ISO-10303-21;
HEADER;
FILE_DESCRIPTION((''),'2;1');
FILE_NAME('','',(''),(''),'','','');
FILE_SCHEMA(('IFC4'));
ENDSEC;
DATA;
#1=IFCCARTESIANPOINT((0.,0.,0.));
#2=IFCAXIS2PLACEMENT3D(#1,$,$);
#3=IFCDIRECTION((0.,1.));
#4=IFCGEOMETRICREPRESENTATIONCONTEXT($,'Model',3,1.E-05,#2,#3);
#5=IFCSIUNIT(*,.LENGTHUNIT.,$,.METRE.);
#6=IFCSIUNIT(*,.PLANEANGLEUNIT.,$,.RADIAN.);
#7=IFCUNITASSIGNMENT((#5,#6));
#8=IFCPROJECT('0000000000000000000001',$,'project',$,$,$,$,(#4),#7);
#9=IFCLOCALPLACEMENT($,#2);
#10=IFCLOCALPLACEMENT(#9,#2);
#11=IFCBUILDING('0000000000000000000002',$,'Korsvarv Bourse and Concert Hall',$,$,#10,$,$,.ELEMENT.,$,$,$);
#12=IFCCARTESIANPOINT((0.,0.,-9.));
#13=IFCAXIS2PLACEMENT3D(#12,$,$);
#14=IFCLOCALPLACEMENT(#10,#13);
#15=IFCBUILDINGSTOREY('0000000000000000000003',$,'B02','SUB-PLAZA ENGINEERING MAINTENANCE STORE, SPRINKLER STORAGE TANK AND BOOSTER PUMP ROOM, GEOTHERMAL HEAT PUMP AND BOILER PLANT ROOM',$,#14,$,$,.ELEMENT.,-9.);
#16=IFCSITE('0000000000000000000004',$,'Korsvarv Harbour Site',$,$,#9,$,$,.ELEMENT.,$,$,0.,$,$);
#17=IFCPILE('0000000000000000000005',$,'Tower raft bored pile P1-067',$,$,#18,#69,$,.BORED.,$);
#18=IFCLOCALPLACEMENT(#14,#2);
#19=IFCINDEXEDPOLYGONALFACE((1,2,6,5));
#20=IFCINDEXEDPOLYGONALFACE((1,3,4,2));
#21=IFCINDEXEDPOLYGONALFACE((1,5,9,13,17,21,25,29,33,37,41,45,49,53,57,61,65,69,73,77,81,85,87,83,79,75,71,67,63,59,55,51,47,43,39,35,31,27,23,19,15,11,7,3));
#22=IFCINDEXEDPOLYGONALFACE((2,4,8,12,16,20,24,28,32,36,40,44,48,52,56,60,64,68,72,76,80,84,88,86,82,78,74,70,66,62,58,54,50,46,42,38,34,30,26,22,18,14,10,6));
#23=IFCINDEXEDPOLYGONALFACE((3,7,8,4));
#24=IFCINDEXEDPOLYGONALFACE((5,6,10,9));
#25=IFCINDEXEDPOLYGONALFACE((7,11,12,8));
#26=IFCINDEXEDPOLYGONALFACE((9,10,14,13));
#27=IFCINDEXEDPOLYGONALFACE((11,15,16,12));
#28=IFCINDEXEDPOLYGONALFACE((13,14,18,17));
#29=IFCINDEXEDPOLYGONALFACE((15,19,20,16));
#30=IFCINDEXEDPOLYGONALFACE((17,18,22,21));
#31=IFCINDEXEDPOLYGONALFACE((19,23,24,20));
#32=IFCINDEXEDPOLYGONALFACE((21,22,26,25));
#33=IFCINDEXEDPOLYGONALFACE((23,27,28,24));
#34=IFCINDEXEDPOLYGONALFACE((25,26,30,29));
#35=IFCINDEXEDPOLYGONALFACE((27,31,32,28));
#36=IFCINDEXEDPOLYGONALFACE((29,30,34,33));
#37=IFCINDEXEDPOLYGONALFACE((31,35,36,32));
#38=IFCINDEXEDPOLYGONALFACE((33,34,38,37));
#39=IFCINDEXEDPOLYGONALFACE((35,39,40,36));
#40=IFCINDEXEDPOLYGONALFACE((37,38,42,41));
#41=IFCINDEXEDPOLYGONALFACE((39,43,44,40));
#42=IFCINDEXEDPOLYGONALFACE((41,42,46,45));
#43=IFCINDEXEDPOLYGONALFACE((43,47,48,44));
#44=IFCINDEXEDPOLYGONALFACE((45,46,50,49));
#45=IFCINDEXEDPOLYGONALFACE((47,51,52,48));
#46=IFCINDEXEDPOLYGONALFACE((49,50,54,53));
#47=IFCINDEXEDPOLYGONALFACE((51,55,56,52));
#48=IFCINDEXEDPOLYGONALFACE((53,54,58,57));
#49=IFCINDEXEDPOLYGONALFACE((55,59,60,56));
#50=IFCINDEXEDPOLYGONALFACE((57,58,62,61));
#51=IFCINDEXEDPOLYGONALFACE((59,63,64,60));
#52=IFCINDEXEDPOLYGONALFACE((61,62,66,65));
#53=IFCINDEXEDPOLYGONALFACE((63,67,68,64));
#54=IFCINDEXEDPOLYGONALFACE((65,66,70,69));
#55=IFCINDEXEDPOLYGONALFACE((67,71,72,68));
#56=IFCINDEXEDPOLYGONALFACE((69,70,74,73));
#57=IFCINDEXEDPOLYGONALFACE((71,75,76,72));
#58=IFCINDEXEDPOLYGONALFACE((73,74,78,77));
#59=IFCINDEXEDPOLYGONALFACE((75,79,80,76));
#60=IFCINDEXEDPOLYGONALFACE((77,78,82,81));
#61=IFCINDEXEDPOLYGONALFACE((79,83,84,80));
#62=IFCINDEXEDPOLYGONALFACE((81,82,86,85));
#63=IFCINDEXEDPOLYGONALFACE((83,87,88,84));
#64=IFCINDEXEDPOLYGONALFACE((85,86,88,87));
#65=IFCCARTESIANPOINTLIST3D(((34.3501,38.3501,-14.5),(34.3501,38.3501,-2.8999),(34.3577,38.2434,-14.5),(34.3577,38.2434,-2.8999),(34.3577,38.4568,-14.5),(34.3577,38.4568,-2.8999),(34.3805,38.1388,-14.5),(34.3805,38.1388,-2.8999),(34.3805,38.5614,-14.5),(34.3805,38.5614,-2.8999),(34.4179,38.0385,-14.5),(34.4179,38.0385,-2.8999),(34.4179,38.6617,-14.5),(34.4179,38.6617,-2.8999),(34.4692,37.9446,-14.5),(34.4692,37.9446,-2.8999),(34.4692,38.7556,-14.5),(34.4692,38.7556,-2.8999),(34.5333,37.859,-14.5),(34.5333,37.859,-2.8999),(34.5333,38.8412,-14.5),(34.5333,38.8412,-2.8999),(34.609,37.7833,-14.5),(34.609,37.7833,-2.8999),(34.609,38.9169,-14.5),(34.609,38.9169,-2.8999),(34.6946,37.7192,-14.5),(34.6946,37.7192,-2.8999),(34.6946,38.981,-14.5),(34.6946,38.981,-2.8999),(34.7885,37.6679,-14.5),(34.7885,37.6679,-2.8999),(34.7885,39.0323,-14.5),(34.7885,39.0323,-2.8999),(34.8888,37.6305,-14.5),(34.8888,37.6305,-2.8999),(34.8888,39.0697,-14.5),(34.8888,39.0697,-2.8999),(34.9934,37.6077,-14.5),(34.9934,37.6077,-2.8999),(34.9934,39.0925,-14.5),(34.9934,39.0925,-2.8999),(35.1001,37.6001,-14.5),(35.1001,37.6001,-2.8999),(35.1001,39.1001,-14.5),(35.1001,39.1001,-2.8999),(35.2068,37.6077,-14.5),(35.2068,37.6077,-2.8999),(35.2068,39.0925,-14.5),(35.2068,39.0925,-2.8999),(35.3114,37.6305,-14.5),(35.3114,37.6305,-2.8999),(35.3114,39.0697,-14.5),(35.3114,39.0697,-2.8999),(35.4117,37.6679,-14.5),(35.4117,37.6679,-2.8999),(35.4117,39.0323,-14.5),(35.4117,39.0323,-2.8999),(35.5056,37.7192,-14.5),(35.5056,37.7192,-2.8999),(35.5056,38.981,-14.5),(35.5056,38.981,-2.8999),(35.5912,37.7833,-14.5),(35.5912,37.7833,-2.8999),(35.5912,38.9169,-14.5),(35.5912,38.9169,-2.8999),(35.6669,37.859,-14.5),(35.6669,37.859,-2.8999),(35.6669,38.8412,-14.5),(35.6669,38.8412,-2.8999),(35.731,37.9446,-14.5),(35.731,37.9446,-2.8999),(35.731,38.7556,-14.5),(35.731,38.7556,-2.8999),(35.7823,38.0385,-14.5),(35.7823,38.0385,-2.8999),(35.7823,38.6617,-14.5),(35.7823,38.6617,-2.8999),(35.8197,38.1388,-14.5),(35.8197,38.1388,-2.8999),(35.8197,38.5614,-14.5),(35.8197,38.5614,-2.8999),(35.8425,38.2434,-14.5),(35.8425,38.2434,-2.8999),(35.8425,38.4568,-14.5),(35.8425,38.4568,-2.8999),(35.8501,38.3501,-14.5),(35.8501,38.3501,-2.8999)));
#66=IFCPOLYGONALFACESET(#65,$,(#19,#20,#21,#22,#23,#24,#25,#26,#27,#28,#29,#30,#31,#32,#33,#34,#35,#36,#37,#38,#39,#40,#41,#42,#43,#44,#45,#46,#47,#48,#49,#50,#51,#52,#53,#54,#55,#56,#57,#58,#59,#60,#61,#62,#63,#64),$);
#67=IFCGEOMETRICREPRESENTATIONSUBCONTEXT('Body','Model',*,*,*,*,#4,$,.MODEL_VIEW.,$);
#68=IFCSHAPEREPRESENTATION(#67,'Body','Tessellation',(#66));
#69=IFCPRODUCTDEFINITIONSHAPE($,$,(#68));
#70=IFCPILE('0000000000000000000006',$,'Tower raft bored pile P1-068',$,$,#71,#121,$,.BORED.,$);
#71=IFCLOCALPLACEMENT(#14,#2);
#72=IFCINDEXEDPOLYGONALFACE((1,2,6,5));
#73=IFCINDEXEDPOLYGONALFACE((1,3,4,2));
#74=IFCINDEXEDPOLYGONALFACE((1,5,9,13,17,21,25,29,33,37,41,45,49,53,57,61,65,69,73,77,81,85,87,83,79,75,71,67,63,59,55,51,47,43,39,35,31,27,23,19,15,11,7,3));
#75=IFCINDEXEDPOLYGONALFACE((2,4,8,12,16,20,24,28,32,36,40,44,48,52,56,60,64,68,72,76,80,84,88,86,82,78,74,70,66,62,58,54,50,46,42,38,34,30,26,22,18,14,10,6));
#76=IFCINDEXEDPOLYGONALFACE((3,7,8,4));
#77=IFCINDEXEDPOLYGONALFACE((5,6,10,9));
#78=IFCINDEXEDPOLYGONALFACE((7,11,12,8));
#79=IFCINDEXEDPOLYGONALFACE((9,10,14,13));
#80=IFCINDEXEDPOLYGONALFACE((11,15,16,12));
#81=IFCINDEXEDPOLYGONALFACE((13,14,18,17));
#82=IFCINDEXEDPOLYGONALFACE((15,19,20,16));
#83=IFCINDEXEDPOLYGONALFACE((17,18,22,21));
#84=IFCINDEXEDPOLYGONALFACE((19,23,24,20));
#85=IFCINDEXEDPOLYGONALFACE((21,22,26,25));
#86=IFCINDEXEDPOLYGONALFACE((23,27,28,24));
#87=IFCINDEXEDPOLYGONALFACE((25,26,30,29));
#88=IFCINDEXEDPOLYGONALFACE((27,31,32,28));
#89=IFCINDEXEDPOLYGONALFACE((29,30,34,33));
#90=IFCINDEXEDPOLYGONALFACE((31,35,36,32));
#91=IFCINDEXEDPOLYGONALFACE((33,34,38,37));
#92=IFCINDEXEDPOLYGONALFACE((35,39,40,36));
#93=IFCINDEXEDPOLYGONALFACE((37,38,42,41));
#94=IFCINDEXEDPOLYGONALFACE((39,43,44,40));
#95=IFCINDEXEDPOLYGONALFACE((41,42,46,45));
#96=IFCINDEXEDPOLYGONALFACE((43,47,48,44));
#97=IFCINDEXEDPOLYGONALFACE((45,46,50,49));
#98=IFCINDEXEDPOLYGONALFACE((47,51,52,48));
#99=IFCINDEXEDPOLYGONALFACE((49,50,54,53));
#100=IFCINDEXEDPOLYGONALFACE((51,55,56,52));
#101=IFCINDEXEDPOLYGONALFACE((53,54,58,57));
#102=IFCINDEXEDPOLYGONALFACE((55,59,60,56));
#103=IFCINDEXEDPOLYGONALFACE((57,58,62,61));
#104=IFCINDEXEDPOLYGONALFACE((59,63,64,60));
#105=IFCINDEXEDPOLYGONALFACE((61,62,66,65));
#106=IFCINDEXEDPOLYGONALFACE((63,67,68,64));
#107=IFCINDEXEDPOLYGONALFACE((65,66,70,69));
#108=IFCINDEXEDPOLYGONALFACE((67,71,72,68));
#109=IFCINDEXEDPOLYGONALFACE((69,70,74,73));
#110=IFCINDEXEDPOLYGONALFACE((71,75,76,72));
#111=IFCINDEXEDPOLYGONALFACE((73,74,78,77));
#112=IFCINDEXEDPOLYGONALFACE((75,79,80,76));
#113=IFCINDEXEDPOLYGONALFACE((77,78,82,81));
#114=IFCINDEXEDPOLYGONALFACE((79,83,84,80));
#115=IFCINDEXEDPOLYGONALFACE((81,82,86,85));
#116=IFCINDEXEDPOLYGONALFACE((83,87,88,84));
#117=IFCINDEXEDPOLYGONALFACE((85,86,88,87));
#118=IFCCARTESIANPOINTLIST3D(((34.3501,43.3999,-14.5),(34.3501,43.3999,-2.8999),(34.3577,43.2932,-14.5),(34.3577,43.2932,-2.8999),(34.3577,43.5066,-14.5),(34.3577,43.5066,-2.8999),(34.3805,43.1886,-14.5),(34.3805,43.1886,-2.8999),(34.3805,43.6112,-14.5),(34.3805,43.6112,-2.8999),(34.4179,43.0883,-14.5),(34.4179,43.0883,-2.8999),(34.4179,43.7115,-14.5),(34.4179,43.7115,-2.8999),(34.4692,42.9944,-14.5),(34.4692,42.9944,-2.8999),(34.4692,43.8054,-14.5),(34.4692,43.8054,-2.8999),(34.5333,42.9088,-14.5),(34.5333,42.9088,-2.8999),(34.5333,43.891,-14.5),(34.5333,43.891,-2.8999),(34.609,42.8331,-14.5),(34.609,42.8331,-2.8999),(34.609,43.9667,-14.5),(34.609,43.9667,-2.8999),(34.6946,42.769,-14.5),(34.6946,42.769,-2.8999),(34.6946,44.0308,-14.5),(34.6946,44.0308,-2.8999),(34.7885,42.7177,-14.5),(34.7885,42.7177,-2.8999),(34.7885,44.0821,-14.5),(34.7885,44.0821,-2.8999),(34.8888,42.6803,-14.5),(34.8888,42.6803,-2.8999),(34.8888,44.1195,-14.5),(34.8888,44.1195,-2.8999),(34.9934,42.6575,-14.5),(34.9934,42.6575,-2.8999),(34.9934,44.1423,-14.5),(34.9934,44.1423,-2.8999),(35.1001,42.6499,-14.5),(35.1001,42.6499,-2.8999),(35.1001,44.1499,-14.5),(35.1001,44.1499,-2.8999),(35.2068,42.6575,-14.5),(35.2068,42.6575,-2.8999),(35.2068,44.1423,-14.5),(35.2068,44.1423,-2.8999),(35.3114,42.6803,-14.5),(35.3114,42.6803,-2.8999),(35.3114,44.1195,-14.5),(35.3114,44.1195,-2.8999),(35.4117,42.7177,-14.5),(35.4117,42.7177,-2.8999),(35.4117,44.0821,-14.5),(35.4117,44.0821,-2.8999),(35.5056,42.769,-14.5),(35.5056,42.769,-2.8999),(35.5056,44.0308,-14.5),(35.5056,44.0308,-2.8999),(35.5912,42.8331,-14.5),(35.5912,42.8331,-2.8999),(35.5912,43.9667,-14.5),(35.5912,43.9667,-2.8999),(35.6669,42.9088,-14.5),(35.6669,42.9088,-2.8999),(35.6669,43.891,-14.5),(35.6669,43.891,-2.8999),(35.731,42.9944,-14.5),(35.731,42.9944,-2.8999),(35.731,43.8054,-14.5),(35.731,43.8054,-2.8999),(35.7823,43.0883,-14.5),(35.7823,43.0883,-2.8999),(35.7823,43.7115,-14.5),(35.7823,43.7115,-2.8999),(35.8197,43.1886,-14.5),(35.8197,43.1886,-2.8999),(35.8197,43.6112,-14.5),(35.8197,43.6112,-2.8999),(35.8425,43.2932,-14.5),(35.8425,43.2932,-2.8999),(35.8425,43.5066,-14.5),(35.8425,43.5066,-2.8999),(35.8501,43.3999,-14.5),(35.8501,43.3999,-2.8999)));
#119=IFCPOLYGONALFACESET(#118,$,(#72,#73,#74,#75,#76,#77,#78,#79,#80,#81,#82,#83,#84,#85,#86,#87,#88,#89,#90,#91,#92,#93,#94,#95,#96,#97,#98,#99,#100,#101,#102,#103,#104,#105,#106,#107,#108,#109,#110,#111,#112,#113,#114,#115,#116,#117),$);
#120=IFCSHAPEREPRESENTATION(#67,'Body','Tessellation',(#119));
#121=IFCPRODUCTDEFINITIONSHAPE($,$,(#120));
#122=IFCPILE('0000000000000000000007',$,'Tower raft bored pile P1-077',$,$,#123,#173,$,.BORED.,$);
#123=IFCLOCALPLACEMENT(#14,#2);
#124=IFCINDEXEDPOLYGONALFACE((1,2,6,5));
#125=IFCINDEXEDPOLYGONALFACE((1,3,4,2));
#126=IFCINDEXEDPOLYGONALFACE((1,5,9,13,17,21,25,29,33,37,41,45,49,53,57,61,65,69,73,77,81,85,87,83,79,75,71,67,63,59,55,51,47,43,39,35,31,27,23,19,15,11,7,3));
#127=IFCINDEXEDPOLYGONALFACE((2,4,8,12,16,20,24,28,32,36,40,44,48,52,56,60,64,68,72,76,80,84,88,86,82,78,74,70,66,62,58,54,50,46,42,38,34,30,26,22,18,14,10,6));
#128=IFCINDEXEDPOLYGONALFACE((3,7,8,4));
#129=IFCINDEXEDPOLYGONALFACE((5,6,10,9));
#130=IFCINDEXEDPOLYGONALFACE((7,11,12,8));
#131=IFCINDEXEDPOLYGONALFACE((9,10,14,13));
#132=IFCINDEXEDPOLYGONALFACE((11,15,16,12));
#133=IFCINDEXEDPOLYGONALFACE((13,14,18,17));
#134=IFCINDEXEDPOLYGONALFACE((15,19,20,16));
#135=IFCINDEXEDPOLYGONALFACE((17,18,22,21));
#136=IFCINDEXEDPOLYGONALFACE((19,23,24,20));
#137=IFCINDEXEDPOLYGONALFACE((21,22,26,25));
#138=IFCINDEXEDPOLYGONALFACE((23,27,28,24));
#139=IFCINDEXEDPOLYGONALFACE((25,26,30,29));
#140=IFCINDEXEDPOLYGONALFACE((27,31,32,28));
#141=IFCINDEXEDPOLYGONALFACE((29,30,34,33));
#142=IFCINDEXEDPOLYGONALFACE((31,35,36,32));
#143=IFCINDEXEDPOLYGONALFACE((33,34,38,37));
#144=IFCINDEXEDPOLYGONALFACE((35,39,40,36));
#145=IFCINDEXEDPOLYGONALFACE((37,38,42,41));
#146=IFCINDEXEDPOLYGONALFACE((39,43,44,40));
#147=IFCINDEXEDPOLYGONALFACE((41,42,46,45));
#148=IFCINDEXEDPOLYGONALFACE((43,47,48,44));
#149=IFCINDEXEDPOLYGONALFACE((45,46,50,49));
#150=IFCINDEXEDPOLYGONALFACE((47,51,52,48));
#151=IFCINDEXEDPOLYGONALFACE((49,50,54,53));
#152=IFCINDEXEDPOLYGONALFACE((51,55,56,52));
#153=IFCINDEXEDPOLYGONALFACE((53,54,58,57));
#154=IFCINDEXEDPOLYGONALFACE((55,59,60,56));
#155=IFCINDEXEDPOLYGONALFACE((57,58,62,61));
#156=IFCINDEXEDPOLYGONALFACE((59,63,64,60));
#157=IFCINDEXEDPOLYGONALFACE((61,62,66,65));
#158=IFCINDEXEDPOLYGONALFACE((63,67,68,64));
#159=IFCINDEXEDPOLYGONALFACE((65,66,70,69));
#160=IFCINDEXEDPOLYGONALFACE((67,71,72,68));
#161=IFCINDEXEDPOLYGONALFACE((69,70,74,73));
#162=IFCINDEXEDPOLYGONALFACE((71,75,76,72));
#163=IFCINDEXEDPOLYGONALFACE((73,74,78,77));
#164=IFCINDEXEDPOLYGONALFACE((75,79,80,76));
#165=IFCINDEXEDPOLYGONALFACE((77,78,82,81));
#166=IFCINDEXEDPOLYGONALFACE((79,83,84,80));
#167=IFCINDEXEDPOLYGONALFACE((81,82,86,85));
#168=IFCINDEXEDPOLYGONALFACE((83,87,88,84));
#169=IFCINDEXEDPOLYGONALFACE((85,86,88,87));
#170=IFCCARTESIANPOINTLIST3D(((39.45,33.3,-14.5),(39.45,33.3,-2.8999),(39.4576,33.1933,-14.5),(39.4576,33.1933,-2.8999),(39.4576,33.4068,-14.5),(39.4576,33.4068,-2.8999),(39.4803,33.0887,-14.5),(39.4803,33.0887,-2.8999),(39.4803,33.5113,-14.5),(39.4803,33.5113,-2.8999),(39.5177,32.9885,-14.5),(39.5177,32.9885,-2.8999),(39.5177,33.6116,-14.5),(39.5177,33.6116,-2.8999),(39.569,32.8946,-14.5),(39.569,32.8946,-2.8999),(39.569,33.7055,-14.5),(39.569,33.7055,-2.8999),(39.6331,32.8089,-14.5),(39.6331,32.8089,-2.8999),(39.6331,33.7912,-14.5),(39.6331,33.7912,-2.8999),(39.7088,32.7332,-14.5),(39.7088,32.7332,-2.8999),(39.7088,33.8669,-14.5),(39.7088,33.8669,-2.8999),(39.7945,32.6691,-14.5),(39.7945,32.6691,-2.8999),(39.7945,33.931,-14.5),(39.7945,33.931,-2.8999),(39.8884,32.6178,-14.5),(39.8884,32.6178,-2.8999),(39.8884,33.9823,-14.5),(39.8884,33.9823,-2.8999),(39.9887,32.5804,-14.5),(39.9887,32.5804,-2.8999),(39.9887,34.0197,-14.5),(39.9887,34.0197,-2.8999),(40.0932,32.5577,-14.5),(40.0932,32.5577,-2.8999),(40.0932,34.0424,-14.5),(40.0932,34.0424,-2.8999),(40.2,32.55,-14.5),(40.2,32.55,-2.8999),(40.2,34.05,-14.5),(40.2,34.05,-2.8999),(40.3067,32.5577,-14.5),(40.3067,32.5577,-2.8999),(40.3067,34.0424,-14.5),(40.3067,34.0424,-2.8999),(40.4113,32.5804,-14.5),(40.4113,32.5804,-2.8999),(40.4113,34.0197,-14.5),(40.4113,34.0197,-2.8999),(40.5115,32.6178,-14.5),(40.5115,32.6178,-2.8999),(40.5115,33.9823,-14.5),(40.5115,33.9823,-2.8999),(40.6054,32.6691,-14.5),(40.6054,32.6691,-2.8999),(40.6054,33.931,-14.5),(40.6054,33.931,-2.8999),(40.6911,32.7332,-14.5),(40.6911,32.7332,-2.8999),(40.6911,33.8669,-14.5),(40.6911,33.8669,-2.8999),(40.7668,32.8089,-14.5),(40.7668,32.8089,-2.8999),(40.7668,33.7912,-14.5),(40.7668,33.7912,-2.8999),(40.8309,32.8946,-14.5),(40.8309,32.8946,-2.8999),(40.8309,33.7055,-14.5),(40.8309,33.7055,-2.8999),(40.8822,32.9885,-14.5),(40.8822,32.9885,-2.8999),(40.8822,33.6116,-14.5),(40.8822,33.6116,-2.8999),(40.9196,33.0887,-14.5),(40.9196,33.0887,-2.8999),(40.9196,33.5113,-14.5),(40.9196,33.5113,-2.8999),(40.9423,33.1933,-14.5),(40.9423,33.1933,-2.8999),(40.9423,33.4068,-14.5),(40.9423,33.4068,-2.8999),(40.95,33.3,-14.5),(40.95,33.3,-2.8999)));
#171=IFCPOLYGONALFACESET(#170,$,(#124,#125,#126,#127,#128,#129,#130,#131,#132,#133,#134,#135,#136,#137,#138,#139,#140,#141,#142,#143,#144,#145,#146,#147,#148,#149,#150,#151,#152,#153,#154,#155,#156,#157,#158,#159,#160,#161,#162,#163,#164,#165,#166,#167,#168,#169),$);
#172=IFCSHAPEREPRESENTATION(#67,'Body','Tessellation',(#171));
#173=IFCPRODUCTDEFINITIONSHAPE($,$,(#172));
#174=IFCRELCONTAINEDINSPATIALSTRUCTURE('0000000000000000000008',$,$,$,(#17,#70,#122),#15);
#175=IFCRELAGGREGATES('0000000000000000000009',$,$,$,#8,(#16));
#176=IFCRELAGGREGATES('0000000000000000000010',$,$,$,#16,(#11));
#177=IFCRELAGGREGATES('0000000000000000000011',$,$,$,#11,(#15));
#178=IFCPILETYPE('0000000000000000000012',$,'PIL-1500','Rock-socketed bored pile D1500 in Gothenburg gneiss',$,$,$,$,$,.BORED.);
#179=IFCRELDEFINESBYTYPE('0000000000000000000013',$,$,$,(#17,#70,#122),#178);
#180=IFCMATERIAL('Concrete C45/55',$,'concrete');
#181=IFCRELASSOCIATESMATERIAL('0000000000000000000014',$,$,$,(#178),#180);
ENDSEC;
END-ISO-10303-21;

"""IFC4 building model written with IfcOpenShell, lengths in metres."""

from ifc_helpers import new_model, si_unit, direction, frame, origin, origin_2d, place, context, subcontext, project, spatial, circle, extrude, source, transform, mapped, material, material_profile, profile_set, type_object, element, save


model = new_model("IFC4")

# Units and contexts
model_context = context("Model", 3, precision=1e-05, world=origin(), true_north=direction((0.0, 1.0)))
body_context = subcontext(model_context, "Body", "Model", "MODEL_VIEW")
ifc_project = project(units=[si_unit("LENGTHUNIT", "METRE"), si_unit("PLANEANGLEUNIT", "RADIAN")], contexts=[model_context])

# Site, building, storey
site_placement = place(None, origin())
site = spatial("IfcSite", under=ifc_project, at=site_placement, Name="Korsvarv Harbour Site", CompositionType="ELEMENT", RefElevation=0.0)
building_placement = place(site_placement, origin())
building = spatial("IfcBuilding", under=site, at=building_placement, Name="Korsvarv Bourse and Concert Hall", CompositionType="ELEMENT")
storey_placement = place(building_placement, frame((0.0, 0.0, -9.0)))
storey = spatial("IfcBuildingStorey", under=building, at=storey_placement, Name="B02", Description="SUB-PLAZA ENGINEERING MAINTENANCE STORE, SPRINKLER STORAGE TANK AND BOOSTER PUMP ROOM, GEOTHERMAL HEAT PUMP AND BOILER PLANT ROOM", CompositionType="ELEMENT", Elevation=-9.0)

# Piles
ifc_material_1 = material(Name="Concrete C45/55", Category="concrete")
ifc_material_profile_1 = material_profile(ifc_material_1, circle(Radius=0.75, at=origin_2d()), Name="PILE D1500")
ifc_profile_set_1 = profile_set([ifc_material_profile_1], Name="Concrete C45/55")
pile_type = type_object("IfcPileType", Name="PIL-1500", Description="Rock-socketed bored pile D1500 in Gothenburg gneiss", PredefinedType="BORED", material=ifc_profile_set_1)
shared_shape_1 = source(origin(), body_context, "Body", "SweptSolid", [
    extrude(circle(Radius=0.75, at=origin_2d()), origin(), (0.0, 0.0, 1.0), 11.6001),
])
for number, where, z_axis, x_axis, name in (
    (1, (35.1001, 38.3501, -2.8999), (0.0, 0.0, -1.0), (1.0, 0.0, 0.0), "Tower raft bored pile P1-067"),
    (2, (35.1001, 43.3999, -2.8999), (0.0, 0.0, -1.0), (1.0, 0.0, 0.0), "Tower raft bored pile P1-068"),
    (3, (40.2, 33.3, -2.8999), (0.0, 0.0, -1.0), (1.0, 0.0, 0.0), "Tower raft bored pile P1-077"),
):
    element("IfcPile", number, at=place(storey_placement, frame(where, z_axis=z_axis, x_axis=x_axis)), inside=storey, type_object=pile_type, Name=name, PredefinedType="BORED", context=body_context, shape_type="MappedRepresentation", body=[
        mapped(shared_shape_1, transform((0.0, 0.0, 0.0), scale=1.0)),
    ])

save(model, "model.ifc")
